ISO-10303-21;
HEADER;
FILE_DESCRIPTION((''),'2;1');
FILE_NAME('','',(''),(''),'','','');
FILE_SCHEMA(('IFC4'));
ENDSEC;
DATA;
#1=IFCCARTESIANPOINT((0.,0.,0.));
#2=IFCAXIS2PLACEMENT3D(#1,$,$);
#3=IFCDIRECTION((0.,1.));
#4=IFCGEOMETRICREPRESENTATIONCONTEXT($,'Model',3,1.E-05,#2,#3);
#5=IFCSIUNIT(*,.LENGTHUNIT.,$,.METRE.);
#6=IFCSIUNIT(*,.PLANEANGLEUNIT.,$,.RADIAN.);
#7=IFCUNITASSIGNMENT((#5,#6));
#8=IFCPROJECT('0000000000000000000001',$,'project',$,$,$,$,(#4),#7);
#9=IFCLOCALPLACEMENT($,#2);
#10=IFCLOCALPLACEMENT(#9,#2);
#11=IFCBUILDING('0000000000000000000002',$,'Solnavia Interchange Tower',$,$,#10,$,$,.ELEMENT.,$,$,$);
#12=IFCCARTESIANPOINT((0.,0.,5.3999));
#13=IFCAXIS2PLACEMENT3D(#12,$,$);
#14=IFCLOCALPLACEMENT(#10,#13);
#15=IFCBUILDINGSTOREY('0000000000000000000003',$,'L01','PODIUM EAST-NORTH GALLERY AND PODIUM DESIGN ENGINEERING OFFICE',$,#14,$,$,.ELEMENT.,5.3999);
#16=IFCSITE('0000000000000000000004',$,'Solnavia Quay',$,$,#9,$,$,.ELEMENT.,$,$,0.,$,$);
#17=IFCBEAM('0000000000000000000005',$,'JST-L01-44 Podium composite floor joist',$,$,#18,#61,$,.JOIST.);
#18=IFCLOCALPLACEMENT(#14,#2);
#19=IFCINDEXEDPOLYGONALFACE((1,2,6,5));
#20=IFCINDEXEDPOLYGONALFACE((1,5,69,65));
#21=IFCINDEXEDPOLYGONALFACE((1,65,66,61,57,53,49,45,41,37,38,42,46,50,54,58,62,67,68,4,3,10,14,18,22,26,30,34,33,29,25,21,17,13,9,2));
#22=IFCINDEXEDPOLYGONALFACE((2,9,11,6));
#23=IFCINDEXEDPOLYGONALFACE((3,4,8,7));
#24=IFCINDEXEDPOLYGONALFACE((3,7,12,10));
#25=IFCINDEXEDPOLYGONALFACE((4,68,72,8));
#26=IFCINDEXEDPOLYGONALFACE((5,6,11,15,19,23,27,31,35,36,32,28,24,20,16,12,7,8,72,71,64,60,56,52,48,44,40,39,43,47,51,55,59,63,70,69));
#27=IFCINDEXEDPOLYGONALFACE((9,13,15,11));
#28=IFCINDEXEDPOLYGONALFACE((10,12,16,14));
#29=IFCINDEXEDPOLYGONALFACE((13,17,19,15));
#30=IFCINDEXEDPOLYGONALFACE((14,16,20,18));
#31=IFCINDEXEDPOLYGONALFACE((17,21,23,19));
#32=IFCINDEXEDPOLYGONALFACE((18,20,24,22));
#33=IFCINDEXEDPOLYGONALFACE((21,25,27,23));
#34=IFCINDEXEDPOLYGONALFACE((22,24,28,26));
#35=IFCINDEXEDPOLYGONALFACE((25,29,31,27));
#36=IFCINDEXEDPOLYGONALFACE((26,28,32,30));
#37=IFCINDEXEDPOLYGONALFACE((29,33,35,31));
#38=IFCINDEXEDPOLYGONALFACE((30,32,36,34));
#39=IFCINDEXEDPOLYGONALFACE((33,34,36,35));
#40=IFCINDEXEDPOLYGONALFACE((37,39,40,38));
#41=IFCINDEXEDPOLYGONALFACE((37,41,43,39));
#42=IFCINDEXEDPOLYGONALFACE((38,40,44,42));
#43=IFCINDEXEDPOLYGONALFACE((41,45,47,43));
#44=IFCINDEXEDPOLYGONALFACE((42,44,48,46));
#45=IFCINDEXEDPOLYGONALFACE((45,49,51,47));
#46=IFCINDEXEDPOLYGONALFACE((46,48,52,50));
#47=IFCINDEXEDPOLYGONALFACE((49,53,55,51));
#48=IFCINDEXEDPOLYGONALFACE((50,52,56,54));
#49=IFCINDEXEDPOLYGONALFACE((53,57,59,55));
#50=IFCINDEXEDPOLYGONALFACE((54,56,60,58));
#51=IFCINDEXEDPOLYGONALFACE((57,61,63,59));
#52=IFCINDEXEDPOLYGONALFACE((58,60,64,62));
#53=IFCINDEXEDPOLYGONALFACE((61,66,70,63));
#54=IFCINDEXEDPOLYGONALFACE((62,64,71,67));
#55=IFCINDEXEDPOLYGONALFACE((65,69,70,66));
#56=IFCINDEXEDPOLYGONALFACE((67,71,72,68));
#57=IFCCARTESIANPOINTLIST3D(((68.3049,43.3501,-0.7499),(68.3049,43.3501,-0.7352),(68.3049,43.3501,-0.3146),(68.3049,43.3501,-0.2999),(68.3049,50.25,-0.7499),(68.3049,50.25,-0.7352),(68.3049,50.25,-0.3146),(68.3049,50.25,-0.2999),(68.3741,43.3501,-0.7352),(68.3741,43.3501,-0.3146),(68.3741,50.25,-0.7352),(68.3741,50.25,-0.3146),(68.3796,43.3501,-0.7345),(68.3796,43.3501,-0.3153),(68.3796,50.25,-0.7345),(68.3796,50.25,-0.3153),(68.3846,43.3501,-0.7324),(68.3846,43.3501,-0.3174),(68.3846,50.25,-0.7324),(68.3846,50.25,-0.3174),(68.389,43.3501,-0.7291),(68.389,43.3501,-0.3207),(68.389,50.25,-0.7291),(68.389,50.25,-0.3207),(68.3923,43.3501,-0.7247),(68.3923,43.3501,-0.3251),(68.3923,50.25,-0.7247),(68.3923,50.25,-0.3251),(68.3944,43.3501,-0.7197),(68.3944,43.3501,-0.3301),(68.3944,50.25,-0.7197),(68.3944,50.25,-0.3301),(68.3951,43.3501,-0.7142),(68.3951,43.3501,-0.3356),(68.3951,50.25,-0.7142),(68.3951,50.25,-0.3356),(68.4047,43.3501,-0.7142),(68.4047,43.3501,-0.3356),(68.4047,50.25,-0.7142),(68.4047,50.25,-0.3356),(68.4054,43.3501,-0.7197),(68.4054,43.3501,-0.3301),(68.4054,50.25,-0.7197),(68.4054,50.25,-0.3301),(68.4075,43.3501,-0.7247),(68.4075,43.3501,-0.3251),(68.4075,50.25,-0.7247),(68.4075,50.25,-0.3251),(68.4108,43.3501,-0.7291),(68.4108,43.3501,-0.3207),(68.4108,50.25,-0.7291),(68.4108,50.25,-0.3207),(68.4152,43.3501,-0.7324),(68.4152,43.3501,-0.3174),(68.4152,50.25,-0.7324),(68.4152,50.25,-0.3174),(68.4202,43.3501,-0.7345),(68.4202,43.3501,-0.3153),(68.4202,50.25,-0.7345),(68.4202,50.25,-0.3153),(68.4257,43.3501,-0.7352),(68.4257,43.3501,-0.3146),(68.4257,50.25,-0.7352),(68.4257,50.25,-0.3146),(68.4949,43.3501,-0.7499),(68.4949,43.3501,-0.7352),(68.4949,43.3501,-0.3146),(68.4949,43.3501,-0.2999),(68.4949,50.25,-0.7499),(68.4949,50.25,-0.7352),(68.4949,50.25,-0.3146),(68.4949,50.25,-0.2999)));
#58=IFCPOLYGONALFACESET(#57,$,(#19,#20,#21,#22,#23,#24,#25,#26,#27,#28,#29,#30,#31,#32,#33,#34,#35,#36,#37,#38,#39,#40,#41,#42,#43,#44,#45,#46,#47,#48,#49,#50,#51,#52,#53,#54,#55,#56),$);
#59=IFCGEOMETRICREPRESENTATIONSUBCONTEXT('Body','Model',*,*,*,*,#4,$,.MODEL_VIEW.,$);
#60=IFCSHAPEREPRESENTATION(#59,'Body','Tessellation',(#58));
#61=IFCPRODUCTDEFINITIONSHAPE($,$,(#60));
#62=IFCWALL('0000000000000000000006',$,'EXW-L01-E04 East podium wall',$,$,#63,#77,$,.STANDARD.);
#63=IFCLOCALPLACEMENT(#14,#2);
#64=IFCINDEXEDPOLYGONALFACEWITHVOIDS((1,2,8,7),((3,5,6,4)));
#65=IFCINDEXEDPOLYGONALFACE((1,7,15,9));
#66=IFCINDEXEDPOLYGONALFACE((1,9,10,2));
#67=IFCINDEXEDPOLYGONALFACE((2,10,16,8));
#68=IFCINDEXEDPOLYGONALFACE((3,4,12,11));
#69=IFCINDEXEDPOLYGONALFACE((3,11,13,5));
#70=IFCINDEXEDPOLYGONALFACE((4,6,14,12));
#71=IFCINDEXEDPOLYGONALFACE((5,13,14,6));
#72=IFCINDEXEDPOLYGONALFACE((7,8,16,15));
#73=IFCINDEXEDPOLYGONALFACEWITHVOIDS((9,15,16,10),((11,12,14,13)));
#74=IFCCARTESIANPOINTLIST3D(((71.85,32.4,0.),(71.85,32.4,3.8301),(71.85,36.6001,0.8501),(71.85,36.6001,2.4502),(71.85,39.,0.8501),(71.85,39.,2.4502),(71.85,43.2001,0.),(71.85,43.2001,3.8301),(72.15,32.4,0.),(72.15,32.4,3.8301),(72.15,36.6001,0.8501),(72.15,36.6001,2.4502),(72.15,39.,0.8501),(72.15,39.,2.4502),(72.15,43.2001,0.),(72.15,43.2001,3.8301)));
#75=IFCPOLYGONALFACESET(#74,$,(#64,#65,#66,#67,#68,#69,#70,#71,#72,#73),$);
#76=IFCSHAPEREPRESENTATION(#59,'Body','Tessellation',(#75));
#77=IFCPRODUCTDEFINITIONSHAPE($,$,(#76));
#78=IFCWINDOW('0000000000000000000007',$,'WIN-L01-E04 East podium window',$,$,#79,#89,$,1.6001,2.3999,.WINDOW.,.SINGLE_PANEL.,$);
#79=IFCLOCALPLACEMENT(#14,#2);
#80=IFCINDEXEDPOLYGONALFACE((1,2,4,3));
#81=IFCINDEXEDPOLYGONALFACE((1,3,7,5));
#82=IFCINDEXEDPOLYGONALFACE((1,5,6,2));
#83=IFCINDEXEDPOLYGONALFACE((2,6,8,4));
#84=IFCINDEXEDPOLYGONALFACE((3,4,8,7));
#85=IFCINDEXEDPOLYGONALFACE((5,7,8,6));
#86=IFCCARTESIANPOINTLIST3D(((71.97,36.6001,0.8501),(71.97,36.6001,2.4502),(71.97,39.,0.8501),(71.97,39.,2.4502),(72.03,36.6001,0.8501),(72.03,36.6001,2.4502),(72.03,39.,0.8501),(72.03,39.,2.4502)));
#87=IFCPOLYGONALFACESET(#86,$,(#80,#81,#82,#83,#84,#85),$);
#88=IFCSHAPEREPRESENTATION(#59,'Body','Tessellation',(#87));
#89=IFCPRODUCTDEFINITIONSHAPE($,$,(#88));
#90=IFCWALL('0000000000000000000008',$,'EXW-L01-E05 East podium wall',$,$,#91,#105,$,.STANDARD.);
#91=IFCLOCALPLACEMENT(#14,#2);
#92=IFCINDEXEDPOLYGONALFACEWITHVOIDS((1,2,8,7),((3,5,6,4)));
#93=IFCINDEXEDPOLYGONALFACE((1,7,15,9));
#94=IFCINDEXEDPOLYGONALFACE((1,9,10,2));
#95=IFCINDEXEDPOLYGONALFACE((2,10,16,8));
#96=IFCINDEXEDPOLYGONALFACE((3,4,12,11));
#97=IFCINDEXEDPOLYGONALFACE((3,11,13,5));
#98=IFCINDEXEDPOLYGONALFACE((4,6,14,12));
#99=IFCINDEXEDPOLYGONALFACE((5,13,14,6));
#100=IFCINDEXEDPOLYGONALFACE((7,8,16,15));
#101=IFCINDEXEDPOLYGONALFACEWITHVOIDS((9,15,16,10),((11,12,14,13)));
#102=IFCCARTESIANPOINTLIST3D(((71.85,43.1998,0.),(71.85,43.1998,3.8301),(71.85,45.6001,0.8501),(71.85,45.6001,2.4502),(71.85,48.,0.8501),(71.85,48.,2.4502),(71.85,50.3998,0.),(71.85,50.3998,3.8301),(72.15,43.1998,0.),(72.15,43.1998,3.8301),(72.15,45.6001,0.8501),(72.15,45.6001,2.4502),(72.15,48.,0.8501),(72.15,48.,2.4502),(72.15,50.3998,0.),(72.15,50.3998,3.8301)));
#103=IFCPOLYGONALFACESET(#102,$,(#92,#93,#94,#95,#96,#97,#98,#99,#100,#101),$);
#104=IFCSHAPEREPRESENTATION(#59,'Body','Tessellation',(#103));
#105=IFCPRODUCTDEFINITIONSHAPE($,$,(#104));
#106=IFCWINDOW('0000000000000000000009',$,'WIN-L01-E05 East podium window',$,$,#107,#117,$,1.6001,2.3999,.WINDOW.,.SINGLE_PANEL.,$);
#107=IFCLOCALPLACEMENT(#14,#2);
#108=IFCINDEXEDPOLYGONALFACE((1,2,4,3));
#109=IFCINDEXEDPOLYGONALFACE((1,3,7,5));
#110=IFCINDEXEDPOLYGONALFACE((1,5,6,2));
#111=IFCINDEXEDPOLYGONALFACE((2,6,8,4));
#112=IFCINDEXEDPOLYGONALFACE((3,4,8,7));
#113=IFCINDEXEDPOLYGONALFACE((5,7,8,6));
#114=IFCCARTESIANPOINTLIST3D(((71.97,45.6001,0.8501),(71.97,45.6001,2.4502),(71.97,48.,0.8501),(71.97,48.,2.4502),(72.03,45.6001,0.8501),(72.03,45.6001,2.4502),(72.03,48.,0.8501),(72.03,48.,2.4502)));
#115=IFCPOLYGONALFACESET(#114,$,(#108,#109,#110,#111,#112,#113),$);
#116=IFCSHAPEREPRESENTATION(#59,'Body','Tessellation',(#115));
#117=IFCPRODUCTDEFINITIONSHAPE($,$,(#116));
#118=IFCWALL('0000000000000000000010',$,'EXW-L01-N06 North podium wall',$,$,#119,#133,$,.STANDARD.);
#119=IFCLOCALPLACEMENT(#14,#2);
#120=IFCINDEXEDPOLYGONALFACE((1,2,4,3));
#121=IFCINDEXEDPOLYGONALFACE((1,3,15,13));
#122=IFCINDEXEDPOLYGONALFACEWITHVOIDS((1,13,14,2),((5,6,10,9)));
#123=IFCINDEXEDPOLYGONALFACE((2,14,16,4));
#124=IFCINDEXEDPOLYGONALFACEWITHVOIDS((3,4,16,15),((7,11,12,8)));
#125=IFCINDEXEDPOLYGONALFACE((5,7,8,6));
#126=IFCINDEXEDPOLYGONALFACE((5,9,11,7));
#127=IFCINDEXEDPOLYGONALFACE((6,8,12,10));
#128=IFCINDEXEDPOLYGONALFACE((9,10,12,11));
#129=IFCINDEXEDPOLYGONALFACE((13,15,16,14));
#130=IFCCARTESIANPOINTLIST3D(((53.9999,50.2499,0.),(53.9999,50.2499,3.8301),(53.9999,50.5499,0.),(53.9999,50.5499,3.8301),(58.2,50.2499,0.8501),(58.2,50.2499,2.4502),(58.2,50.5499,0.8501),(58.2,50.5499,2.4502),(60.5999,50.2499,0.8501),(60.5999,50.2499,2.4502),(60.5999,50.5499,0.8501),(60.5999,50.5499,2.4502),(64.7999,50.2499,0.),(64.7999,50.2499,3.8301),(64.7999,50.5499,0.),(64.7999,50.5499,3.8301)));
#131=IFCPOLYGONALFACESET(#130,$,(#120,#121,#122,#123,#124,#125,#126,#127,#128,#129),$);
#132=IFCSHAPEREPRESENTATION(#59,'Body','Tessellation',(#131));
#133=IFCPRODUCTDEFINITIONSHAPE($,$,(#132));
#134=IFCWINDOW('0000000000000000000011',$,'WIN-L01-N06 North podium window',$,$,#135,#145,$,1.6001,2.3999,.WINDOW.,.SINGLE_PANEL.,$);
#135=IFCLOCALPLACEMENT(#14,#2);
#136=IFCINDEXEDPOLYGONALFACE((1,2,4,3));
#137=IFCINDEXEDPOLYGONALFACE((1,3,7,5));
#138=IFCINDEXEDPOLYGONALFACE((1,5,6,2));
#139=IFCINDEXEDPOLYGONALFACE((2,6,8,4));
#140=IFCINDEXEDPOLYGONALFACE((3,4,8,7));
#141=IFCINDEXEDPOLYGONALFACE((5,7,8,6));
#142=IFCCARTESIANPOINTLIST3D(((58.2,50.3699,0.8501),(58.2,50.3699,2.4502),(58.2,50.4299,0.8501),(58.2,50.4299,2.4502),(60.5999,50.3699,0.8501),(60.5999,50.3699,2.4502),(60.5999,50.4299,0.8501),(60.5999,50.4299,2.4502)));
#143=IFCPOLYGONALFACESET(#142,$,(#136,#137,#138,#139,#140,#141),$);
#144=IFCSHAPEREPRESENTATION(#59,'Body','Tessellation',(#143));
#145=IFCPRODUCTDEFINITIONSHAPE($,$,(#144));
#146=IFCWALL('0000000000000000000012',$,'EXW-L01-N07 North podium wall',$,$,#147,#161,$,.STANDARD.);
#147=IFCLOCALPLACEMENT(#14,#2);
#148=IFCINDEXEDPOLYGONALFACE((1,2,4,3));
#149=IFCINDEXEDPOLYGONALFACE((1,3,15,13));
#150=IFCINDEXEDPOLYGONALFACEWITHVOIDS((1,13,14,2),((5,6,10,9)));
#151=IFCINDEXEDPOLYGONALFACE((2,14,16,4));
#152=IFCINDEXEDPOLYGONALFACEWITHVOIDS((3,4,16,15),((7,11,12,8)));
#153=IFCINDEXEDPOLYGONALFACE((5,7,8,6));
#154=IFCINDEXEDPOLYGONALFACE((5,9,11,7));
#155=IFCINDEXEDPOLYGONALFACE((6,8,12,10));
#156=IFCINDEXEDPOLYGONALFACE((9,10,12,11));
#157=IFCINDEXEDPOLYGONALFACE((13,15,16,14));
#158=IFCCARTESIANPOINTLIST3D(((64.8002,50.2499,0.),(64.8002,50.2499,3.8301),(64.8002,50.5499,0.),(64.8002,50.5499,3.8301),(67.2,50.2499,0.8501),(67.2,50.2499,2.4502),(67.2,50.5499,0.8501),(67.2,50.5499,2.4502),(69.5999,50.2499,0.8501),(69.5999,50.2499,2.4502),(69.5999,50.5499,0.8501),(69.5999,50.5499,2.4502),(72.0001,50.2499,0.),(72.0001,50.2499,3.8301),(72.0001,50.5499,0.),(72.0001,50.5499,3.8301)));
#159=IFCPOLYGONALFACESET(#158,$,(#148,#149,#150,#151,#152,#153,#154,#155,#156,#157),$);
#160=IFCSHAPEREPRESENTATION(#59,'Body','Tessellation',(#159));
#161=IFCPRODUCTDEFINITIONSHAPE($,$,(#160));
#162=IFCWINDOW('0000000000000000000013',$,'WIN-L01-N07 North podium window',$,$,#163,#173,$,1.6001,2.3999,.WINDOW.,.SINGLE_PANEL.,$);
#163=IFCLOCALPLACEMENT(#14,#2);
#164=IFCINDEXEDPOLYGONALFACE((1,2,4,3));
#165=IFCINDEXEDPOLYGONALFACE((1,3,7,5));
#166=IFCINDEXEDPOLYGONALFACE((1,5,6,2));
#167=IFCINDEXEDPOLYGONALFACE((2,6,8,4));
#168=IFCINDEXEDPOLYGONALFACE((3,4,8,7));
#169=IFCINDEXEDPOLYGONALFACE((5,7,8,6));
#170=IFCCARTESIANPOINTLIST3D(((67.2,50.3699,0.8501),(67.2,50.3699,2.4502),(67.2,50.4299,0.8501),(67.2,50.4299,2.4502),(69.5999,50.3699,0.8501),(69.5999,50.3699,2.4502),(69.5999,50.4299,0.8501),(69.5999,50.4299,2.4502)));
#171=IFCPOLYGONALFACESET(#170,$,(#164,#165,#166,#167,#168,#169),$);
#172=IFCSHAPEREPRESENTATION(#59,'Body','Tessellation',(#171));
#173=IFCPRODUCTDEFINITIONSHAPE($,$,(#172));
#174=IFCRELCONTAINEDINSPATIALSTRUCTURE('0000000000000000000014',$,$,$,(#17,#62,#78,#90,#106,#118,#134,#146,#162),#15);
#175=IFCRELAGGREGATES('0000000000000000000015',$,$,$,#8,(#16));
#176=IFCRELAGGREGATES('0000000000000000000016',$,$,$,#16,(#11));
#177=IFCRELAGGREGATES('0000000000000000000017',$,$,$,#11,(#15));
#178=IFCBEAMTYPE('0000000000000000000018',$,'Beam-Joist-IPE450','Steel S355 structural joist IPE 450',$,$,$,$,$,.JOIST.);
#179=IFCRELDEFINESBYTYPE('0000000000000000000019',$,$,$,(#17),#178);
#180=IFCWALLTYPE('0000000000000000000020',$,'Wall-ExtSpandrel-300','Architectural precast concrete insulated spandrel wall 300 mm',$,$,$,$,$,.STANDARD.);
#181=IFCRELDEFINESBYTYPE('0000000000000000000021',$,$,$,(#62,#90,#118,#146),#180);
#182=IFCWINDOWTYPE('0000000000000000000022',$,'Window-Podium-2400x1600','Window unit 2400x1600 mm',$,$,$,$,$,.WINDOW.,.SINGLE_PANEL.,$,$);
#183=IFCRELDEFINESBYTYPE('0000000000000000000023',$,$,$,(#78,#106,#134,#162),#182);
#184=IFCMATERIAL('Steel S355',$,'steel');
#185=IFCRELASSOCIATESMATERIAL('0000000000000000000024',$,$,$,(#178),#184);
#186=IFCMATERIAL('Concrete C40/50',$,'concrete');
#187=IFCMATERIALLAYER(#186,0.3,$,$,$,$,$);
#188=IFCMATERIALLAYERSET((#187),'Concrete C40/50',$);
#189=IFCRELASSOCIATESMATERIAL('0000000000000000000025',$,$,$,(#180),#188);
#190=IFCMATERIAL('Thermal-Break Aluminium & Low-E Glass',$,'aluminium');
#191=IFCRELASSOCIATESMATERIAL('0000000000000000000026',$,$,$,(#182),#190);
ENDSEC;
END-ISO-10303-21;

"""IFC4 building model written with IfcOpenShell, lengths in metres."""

from ifc_helpers import new_model, si_unit, direction, frame, frame_2d, origin, origin_2d, place, context, subcontext, project, spatial, rectangle, i_section, extrude, material, layer, layer_set, material_profile, profile_set, type_object, element, fill, save


model = new_model("IFC4")

# Units and contexts
model_context = context("Model", 3, precision=1e-05, world=origin(), true_north=direction((0.0, 1.0)))
body_context = subcontext(model_context, "Body", "Model", "MODEL_VIEW")
ifc_project = project(units=[si_unit("LENGTHUNIT", "METRE"), si_unit("PLANEANGLEUNIT", "RADIAN")], contexts=[model_context])

# Site, building, storey
site_placement = place(None, origin())
site = spatial("IfcSite", under=ifc_project, at=site_placement, Name="Solnavia Quay", CompositionType="ELEMENT", RefElevation=0.0)
building_placement = place(site_placement, origin())
building = spatial("IfcBuilding", under=site, at=building_placement, Name="Solnavia Interchange Tower", CompositionType="ELEMENT")
storey_placement = place(building_placement, frame((0.0, 0.0, 5.3999)))
storey = spatial("IfcBuildingStorey", under=building, at=storey_placement, Name="L01", Description="PODIUM EAST-NORTH GALLERY AND PODIUM DESIGN ENGINEERING OFFICE", CompositionType="ELEMENT", Elevation=5.3999)

# Beam
ifc_material_1 = material(Name="Steel S355", Category="steel")
ifc_material_profile_1 = material_profile(ifc_material_1, i_section(OverallWidth=0.1899, OverallDepth=0.45, WebThickness=0.0095, FlangeThickness=0.0146, FilletRadius=0.021, at=origin_2d()), Name="IPE 450")
ifc_profile_set_1 = profile_set([ifc_material_profile_1], Name="Steel S355")
beam_type_1 = type_object("IfcBeamType", Name="Beam-Joist-IPE450", Description="Steel S355 structural joist IPE 450", PredefinedType="JOIST", material=ifc_profile_set_1)
beam_1_placement = place(storey_placement, frame((68.3999, 43.3501, -0.5249), z_axis=(0.0, 1.0, 0.0), x_axis=(-1.0, 0.0, 0.0)))
element("IfcBeam", 1, at=beam_1_placement, inside=storey, type_object=beam_type_1, Name="JST-L01-44 Podium composite floor joist", PredefinedType="JOIST", context=body_context, shape_type="SweptSolid", body=[
    extrude(i_section(OverallWidth=0.1899, OverallDepth=0.45, WebThickness=0.0095, FlangeThickness=0.0146, FilletRadius=0.021, at=origin_2d()), origin(), (0.0, 0.0, 1.0), 6.8999),
])

# Walls, openings, windows
ifc_material_2 = material(Name="Concrete C40/50", Category="concrete")
ifc_layer_1 = layer(ifc_material_2, 0.3)
ifc_layer_set_1 = layer_set([ifc_layer_1], Name="Concrete C40/50")
wall_type_1 = type_object("IfcWallType", Name="Wall-ExtSpandrel-300", Description="Architectural precast concrete insulated spandrel wall 300 mm", PredefinedType="STANDARD", material=ifc_layer_set_1)
wall_1_placement = place(storey_placement, frame((72.0, 43.2, 0.0), z_axis=(0.0, 0.0, 1.0), x_axis=(0.0, -1.0, 0.0)))
wall_1 = element("IfcWall", 2, at=wall_1_placement, inside=storey, type_object=wall_type_1, Name="EXW-L01-E04 East podium wall", PredefinedType="STANDARD", context=body_context, shape_type="SweptSolid", body=[
    extrude(rectangle(XDim=10.8, YDim=0.3, at=frame_2d((5.3999, 0.0))), origin(), (0.0, 0.0, 1.0), 3.8301),
])
opening_1_placement = place(wall_1_placement, frame((4.2, 0.0, 0.8501)))
opening_1 = element("IfcOpeningElement", 3, at=opening_1_placement, cuts=wall_1, PredefinedType="OPENING", context=body_context, shape_type="SweptSolid", body=[
    extrude(rectangle(XDim=2.3999, YDim=1.6001, at=frame_2d((1.2, 0.8))), frame((0.0, 0.1602, 0.0), z_axis=(0.0, -1.0, 0.0), x_axis=(1.0, 0.0, 0.0)), (0.0, 0.0, 1.0), 0.3201),
])
ifc_material_3 = material(Name="Thermal-Break Aluminium & Low-E Glass", Category="aluminium")
window_type = type_object("IfcWindowType", Name="Window-Podium-2400x1600", Description="Window unit 2400x1600 mm", PartitioningType="SINGLE_PANEL", PredefinedType="WINDOW", material=ifc_material_3)
window_1_placement = place(opening_1_placement, origin())
window_1 = element("IfcWindow", 4, at=window_1_placement, inside=storey, type_object=window_type, Name="WIN-L01-E04 East podium window", OverallHeight=1.6001, OverallWidth=2.3999, PartitioningType="SINGLE_PANEL", PredefinedType="WINDOW", context=body_context, shape_type="SweptSolid", body=[
    extrude(rectangle(XDim=2.3999, YDim=1.6001, at=frame_2d((1.2, 0.8))), frame((0.0, 0.03, 0.0), z_axis=(0.0, -1.0, 0.0), x_axis=(1.0, 0.0, 0.0)), (0.0, 0.0, 1.0), 0.0601),
])
fill(opening_1, window_1)
wall_2_placement = place(storey_placement, frame((72.0, 50.3999, 0.0), z_axis=(0.0, 0.0, 1.0), x_axis=(0.0, -1.0, 0.0)))
wall_2 = element("IfcWall", 5, at=wall_2_placement, inside=storey, type_object=wall_type_1, Name="EXW-L01-E05 East podium wall", PredefinedType="STANDARD", context=body_context, shape_type="SweptSolid", body=[
    extrude(rectangle(XDim=7.2, YDim=0.3, at=frame_2d((3.6001, 0.0))), origin(), (0.0, 0.0, 1.0), 3.8301),
])
opening_2_placement = place(wall_2_placement, frame((2.3999, 0.0, 0.8501)))
opening_2 = element("IfcOpeningElement", 6, at=opening_2_placement, cuts=wall_2, PredefinedType="OPENING", context=body_context, shape_type="SweptSolid", body=[
    extrude(rectangle(XDim=2.3999, YDim=1.6001, at=frame_2d((1.2, 0.8))), frame((0.0, 0.1602, 0.0), z_axis=(0.0, -1.0, 0.0), x_axis=(1.0, 0.0, 0.0)), (0.0, 0.0, 1.0), 0.3201),
])
window_2_placement = place(opening_2_placement, origin())
window_2 = element("IfcWindow", 7, at=window_2_placement, inside=storey, type_object=window_type, Name="WIN-L01-E05 East podium window", OverallHeight=1.6001, OverallWidth=2.3999, PartitioningType="SINGLE_PANEL", PredefinedType="WINDOW", context=body_context, shape_type="SweptSolid", body=[
    extrude(rectangle(XDim=2.3999, YDim=1.6001, at=frame_2d((1.2, 0.8))), frame((0.0, 0.03, 0.0), z_axis=(0.0, -1.0, 0.0), x_axis=(1.0, 0.0, 0.0)), (0.0, 0.0, 1.0), 0.0601),
])
fill(opening_2, window_2)
wall_3_placement = place(storey_placement, frame((54.0, 50.3999, 0.0), z_axis=(0.0, 0.0, 1.0), x_axis=(1.0, 0.0, 0.0)))
wall_3 = element("IfcWall", 8, at=wall_3_placement, inside=storey, type_object=wall_type_1, Name="EXW-L01-N06 North podium wall", PredefinedType="STANDARD", context=body_context, shape_type="SweptSolid", body=[
    extrude(rectangle(XDim=10.8, YDim=0.3, at=frame_2d((5.3999, 0.0))), origin(), (0.0, 0.0, 1.0), 3.8301),
])
opening_3_placement = place(wall_3_placement, frame((4.2, 0.0, 0.8501)))
opening_3 = element("IfcOpeningElement", 9, at=opening_3_placement, cuts=wall_3, PredefinedType="OPENING", context=body_context, shape_type="SweptSolid", body=[
    extrude(rectangle(XDim=2.3999, YDim=1.6001, at=frame_2d((1.2, 0.8))), frame((0.0, 0.1602, 0.0), z_axis=(0.0, -1.0, 0.0), x_axis=(1.0, 0.0, 0.0)), (0.0, 0.0, 1.0), 0.3201),
])
window_3_placement = place(opening_3_placement, origin())
window_3 = element("IfcWindow", 10, at=window_3_placement, inside=storey, type_object=window_type, Name="WIN-L01-N06 North podium window", OverallHeight=1.6001, OverallWidth=2.3999, PartitioningType="SINGLE_PANEL", PredefinedType="WINDOW", context=body_context, shape_type="SweptSolid", body=[
    extrude(rectangle(XDim=2.3999, YDim=1.6001, at=frame_2d((1.2, 0.8))), frame((0.0, 0.03, 0.0), z_axis=(0.0, -1.0, 0.0), x_axis=(1.0, 0.0, 0.0)), (0.0, 0.0, 1.0), 0.0601),
])
fill(opening_3, window_3)
wall_4_placement = place(storey_placement, frame((64.8, 50.3999, 0.0), z_axis=(0.0, 0.0, 1.0), x_axis=(1.0, 0.0, 0.0)))
wall_4 = element("IfcWall", 11, at=wall_4_placement, inside=storey, type_object=wall_type_1, Name="EXW-L01-N07 North podium wall", PredefinedType="STANDARD", context=body_context, shape_type="SweptSolid", body=[
    extrude(rectangle(XDim=7.2, YDim=0.3, at=frame_2d((3.6001, 0.0))), origin(), (0.0, 0.0, 1.0), 3.8301),
])
opening_4_placement = place(wall_4_placement, frame((2.3999, 0.0, 0.8501)))
opening_4 = element("IfcOpeningElement", 12, at=opening_4_placement, cuts=wall_4, PredefinedType="OPENING", context=body_context, shape_type="SweptSolid", body=[
    extrude(rectangle(XDim=2.3999, YDim=1.6001, at=frame_2d((1.2, 0.8))), frame((0.0, 0.1602, 0.0), z_axis=(0.0, -1.0, 0.0), x_axis=(1.0, 0.0, 0.0)), (0.0, 0.0, 1.0), 0.3201),
])
window_4_placement = place(opening_4_placement, origin())
window_4 = element("IfcWindow", 13, at=window_4_placement, inside=storey, type_object=window_type, Name="WIN-L01-N07 North podium window", OverallHeight=1.6001, OverallWidth=2.3999, PartitioningType="SINGLE_PANEL", PredefinedType="WINDOW", context=body_context, shape_type="SweptSolid", body=[
    extrude(rectangle(XDim=2.3999, YDim=1.6001, at=frame_2d((1.2, 0.8))), frame((0.0, 0.03, 0.0), z_axis=(0.0, -1.0, 0.0), x_axis=(1.0, 0.0, 0.0)), (0.0, 0.0, 1.0), 0.0601),
])
fill(opening_4, window_4)

save(model, "model.ifc")
